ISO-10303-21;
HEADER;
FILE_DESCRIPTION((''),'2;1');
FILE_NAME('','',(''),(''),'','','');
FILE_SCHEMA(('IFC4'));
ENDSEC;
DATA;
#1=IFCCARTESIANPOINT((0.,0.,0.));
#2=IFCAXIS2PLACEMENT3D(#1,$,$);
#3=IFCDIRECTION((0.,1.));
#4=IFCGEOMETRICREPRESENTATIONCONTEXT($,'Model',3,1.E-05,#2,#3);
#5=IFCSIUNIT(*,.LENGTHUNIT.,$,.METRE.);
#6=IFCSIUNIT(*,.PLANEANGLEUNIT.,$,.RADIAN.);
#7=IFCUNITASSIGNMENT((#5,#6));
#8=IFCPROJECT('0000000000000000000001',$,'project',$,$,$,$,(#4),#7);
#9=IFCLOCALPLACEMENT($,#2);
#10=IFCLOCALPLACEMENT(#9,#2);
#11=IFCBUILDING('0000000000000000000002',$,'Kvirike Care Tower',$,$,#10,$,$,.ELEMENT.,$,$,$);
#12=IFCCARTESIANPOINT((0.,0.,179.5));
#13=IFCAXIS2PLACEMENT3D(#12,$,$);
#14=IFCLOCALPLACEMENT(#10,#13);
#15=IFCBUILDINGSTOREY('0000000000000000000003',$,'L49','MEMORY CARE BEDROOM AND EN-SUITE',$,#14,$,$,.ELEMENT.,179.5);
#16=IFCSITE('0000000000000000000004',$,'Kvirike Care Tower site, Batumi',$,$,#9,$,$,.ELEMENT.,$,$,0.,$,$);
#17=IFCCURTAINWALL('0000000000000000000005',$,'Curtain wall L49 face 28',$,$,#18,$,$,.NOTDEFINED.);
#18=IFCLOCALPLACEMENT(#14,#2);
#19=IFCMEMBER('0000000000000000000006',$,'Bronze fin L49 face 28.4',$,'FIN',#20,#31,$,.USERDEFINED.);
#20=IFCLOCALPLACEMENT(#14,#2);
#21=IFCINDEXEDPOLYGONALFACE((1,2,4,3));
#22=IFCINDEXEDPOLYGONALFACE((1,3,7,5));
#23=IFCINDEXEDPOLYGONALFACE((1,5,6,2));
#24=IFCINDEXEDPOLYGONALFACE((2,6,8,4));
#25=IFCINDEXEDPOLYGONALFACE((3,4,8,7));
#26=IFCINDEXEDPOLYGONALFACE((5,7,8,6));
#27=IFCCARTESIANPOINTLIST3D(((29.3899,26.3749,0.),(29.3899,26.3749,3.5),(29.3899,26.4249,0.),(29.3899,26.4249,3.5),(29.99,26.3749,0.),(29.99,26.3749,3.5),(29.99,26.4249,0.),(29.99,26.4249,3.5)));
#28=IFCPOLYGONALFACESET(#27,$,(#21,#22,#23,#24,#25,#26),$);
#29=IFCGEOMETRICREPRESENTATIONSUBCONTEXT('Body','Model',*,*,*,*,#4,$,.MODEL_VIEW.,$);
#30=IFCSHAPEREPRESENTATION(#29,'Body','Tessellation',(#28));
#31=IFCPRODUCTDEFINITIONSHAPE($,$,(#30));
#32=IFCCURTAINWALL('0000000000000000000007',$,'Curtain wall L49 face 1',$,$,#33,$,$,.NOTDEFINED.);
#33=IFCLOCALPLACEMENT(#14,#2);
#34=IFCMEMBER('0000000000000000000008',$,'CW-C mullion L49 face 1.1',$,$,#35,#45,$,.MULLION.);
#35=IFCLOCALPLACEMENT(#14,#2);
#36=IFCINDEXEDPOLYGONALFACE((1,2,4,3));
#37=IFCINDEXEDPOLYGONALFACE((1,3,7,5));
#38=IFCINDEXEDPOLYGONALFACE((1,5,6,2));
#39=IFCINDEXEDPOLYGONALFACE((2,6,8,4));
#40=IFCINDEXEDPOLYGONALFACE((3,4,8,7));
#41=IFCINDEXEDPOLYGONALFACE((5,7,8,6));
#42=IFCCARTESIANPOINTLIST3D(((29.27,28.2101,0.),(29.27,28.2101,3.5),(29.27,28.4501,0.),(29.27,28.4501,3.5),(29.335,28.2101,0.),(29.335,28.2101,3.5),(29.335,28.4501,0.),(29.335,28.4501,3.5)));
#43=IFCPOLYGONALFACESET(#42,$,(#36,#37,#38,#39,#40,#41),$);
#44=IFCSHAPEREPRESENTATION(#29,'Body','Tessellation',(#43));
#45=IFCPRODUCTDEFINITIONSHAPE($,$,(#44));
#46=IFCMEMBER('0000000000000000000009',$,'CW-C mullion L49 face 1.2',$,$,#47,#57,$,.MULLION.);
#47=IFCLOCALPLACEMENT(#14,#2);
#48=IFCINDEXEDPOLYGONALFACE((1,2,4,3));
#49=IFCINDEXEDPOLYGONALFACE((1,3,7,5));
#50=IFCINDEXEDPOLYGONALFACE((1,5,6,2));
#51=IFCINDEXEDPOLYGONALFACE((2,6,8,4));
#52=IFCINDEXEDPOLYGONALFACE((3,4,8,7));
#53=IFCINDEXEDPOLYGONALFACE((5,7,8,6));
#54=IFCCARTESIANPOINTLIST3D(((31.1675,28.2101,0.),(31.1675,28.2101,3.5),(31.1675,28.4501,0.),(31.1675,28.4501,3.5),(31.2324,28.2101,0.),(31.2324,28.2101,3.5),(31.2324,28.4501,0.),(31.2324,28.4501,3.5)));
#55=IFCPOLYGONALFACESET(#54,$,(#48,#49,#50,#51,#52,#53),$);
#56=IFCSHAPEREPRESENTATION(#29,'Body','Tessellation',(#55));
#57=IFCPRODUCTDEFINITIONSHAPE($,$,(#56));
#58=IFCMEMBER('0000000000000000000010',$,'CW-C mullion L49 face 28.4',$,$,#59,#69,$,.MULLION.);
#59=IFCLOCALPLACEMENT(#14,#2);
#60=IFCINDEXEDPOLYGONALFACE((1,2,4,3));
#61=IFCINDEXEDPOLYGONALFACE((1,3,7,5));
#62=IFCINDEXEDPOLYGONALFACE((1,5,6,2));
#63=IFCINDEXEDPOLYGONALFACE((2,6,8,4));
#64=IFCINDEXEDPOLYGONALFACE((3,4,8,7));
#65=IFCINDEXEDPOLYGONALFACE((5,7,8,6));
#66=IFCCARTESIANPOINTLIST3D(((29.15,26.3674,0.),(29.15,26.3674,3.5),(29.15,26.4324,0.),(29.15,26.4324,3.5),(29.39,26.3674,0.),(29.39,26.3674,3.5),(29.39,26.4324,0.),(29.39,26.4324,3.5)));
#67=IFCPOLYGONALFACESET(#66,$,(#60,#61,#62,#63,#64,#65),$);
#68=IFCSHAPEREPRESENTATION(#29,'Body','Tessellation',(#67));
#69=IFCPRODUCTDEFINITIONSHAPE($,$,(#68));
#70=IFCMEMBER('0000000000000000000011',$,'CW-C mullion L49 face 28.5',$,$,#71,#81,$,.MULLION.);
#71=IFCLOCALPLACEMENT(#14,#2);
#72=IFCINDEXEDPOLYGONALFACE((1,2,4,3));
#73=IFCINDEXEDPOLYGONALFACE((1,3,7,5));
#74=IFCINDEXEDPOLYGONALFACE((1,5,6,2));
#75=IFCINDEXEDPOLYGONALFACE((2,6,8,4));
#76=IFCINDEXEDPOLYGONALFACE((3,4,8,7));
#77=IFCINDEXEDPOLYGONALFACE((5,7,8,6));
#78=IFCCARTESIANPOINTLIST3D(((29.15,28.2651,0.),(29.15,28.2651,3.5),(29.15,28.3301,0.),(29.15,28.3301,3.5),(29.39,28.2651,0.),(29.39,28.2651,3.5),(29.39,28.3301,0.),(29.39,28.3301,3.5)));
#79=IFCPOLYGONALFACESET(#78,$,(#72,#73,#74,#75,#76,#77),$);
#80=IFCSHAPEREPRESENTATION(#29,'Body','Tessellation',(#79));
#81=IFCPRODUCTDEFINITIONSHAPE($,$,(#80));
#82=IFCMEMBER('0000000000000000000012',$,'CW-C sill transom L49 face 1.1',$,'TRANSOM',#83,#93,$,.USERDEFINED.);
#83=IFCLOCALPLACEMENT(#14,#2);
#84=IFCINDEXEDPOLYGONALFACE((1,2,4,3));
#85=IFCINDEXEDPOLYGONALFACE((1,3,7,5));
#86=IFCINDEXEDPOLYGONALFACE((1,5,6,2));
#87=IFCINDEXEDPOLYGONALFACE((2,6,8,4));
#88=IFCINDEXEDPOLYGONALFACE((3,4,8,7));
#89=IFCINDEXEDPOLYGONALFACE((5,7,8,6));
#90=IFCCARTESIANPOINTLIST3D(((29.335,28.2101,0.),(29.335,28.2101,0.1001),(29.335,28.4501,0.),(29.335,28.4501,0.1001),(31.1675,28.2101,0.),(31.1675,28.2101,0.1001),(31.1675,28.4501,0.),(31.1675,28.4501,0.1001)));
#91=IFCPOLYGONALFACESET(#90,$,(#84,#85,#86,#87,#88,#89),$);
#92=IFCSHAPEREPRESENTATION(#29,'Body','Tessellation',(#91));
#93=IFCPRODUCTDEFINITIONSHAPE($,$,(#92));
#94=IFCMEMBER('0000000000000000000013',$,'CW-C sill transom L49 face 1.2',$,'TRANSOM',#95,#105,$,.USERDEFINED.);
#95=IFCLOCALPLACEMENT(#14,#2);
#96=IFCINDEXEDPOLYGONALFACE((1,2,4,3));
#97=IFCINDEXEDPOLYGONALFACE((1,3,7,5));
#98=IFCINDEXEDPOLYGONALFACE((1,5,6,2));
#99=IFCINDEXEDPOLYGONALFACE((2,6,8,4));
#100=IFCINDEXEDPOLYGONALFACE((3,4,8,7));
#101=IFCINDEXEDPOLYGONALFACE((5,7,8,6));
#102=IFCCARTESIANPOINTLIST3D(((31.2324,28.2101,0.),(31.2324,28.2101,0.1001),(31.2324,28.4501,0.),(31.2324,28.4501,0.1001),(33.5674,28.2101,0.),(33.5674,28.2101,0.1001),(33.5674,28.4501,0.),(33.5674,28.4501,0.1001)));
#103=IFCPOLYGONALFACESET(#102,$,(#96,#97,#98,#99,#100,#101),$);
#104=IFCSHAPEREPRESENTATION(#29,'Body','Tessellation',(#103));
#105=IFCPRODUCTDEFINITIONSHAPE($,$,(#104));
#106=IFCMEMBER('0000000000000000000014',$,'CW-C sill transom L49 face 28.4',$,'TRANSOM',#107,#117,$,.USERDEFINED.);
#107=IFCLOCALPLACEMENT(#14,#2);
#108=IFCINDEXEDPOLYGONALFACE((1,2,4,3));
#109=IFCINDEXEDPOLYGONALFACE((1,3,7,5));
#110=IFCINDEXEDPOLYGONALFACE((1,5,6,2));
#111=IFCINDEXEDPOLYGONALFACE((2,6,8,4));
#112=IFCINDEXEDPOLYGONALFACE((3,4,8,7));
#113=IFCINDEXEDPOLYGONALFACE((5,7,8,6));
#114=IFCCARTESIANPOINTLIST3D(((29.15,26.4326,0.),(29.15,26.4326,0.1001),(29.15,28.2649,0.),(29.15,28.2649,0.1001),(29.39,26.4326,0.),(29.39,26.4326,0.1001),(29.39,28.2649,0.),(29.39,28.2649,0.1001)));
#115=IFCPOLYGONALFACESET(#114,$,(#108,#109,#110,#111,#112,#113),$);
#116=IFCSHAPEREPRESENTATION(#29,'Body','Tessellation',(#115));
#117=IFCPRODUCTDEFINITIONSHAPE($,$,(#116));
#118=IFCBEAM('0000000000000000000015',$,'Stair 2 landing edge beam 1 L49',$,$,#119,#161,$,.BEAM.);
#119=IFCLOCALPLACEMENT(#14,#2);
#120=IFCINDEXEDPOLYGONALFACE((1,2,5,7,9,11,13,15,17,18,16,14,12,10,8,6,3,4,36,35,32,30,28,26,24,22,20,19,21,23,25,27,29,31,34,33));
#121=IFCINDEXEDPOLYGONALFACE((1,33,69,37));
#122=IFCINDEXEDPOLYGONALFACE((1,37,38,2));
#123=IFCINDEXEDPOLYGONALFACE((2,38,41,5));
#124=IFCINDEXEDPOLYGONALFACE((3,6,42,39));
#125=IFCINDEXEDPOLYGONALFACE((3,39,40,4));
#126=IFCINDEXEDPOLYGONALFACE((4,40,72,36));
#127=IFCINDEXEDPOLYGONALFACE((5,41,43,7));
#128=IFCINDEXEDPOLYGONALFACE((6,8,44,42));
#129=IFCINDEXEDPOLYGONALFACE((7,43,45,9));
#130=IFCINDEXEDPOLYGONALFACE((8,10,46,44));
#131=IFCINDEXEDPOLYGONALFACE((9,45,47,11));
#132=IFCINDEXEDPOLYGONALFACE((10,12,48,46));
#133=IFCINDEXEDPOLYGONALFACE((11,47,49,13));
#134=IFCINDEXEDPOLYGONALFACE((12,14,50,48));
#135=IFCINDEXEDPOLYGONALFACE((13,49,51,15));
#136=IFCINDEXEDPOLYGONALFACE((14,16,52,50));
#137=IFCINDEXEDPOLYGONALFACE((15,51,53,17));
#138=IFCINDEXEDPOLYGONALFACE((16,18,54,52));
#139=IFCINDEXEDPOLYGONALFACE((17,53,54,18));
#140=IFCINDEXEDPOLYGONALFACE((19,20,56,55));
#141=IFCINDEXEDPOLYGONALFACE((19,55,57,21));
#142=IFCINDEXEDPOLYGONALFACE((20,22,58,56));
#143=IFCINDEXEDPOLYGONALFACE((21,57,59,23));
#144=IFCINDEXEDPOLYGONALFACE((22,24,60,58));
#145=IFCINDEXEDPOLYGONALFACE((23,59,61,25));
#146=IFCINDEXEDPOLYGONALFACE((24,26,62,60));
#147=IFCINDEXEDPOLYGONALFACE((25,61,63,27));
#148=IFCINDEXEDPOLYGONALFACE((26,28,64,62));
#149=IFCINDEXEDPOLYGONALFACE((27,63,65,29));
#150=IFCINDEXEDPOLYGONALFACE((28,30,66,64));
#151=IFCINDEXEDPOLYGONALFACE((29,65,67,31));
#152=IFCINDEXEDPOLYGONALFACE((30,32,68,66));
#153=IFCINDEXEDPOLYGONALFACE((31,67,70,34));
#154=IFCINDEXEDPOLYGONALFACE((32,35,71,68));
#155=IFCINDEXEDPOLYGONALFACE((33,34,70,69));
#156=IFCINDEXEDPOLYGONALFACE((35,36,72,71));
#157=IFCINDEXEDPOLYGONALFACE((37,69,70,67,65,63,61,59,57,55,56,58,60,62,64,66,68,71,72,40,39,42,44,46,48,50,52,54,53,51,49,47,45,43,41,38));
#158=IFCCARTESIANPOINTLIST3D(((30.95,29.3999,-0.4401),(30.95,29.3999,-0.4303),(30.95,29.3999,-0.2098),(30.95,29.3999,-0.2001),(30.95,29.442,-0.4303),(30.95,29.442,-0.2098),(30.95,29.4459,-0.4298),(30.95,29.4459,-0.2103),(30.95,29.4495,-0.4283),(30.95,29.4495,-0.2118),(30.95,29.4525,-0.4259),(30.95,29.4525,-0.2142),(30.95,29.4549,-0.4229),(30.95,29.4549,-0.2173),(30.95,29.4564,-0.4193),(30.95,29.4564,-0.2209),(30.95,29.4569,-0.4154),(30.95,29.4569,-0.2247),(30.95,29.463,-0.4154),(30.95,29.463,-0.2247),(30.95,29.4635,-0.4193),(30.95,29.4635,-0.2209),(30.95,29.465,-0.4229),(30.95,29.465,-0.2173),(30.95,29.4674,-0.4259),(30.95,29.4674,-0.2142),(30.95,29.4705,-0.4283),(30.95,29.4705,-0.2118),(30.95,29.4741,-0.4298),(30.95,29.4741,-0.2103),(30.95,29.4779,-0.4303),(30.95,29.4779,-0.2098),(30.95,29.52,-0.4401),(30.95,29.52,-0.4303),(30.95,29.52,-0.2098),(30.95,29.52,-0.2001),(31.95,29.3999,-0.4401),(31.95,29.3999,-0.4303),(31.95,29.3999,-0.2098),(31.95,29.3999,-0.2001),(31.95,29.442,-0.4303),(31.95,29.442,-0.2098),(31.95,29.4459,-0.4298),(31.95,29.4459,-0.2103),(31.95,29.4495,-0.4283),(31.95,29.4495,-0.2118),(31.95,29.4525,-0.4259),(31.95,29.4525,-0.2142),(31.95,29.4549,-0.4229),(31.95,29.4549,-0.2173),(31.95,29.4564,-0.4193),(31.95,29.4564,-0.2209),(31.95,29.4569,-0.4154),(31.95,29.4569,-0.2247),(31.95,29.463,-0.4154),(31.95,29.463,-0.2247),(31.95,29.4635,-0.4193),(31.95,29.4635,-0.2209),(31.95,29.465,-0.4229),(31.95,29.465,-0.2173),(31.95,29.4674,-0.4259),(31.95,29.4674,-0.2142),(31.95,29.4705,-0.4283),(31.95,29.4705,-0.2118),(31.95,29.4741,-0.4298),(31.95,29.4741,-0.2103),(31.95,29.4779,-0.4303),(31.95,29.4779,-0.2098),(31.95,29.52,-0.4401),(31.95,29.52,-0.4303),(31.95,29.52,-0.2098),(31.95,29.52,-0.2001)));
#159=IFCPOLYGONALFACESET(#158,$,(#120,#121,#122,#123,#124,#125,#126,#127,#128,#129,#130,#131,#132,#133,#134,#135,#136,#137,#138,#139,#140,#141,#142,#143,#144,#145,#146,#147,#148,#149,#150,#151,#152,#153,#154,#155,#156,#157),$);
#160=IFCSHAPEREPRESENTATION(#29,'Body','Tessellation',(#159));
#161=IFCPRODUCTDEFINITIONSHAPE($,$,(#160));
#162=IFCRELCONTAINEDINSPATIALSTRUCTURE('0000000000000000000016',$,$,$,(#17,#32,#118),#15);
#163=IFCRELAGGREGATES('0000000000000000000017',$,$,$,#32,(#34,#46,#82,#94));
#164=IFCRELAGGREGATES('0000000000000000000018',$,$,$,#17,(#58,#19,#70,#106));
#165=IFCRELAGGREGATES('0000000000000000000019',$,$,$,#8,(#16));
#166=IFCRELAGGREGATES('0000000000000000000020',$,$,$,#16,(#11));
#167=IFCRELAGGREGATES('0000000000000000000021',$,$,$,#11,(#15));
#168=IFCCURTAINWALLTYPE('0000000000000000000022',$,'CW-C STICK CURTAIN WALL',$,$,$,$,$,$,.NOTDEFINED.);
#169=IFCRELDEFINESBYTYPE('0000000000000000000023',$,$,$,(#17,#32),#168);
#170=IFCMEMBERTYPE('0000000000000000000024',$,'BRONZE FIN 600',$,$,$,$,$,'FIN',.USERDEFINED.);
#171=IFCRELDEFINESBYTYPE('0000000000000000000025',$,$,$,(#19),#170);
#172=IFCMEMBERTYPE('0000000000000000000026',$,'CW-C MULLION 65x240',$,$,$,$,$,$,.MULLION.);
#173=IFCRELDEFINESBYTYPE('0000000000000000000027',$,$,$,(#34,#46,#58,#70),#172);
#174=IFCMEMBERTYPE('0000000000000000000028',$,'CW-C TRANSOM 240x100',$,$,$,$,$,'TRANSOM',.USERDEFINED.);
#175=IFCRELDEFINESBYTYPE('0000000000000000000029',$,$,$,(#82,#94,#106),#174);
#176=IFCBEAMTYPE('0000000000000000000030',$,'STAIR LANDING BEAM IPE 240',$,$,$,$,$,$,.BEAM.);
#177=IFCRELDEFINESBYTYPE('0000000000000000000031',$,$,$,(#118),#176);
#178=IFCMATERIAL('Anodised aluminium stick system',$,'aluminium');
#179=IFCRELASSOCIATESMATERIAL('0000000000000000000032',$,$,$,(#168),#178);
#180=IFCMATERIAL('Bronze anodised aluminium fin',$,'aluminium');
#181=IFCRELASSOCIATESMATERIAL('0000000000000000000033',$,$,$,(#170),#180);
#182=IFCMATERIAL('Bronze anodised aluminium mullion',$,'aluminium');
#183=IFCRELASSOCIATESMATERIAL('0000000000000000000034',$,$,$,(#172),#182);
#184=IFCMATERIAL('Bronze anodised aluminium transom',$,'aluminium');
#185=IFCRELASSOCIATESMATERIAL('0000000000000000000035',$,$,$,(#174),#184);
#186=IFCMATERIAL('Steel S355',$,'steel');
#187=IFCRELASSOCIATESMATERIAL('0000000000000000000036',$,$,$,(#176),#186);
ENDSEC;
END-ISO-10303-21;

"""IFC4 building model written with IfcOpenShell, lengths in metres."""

from ifc_helpers import new_model, si_unit, direction, frame, origin, origin_2d, place, context, subcontext, project, spatial, rectangle, i_section, extrude, material, material_profile, profile_set, type_object, element, aggregate, save


model = new_model("IFC4")

# Units and contexts
model_context = context("Model", 3, precision=1e-05, world=origin(), true_north=direction((0.0, 1.0)))
body_context = subcontext(model_context, "Body", "Model", "MODEL_VIEW")
ifc_project = project(units=[si_unit("LENGTHUNIT", "METRE"), si_unit("PLANEANGLEUNIT", "RADIAN")], contexts=[model_context])

# Site, building, storey
site_placement = place(None, origin())
site = spatial("IfcSite", under=ifc_project, at=site_placement, Name="Kvirike Care Tower site, Batumi", CompositionType="ELEMENT", RefElevation=0.0)
building_placement = place(site_placement, origin())
building = spatial("IfcBuilding", under=site, at=building_placement, Name="Kvirike Care Tower", CompositionType="ELEMENT")
storey_placement = place(building_placement, frame((0.0, 0.0, 179.5)))
storey = spatial("IfcBuildingStorey", under=building, at=storey_placement, Name="L49", Description="MEMORY CARE BEDROOM AND EN-SUITE", CompositionType="ELEMENT", Elevation=179.5)

# Curtain wall, member
ifc_material_1 = material(Name="Anodised aluminium stick system", Category="aluminium")
curtain_wall_type = type_object("IfcCurtainWallType", Name="CW-C STICK CURTAIN WALL", PredefinedType="NOTDEFINED", material=ifc_material_1)
curtain_wall_1_placement = place(storey_placement, origin())
curtain_wall_1 = element("IfcCurtainWall", 1, at=curtain_wall_1_placement, inside=storey, type_object=curtain_wall_type, Name="Curtain wall L49 face 28", PredefinedType="NOTDEFINED")
ifc_material_2 = material(Name="Bronze anodised aluminium fin", Category="aluminium")
ifc_material_profile_1 = material_profile(ifc_material_2, rectangle(XDim=0.05, YDim=0.6001, at=origin_2d()), Name="BRONZE FIN 600")
ifc_profile_set_1 = profile_set([ifc_material_profile_1], Name="Bronze anodised aluminium fin")
member_type_1 = type_object("IfcMemberType", Name="BRONZE FIN 600", ElementType="FIN", PredefinedType="USERDEFINED", material=ifc_profile_set_1)
member_1_placement = place(storey_placement, frame((29.6899, 26.3999, 0.0), z_axis=(0.0, 0.0, 1.0), x_axis=(0.0, 1.0, 0.0)))
member_1 = element("IfcMember", 2, at=member_1_placement, type_object=member_type_1, Name="Bronze fin L49 face 28.4", ObjectType="FIN", PredefinedType="USERDEFINED", context=body_context, shape_type="SweptSolid", body=[
    extrude(rectangle(XDim=0.05, YDim=0.6001, at=origin_2d()), origin(), (0.0, 0.0, 1.0), 3.5),
])

# Curtain wall, members
curtain_wall_2_placement = place(storey_placement, origin())
curtain_wall_2 = element("IfcCurtainWall", 3, at=curtain_wall_2_placement, inside=storey, type_object=curtain_wall_type, Name="Curtain wall L49 face 1", PredefinedType="NOTDEFINED")
ifc_material_3 = material(Name="Bronze anodised aluminium mullion", Category="aluminium")
ifc_material_profile_2 = material_profile(ifc_material_3, rectangle(XDim=0.0649, YDim=0.24, at=origin_2d()), Name="CW-C MULLION 65x240")
ifc_profile_set_2 = profile_set([ifc_material_profile_2], Name="Bronze anodised aluminium mullion")
member_type_2 = type_object("IfcMemberType", Name="CW-C MULLION 65x240", PredefinedType="MULLION", material=ifc_profile_set_2)
member_2_placement = place(storey_placement, frame((29.3025, 28.3301, 0.0), z_axis=(0.0, 0.0, 1.0), x_axis=(1.0, 0.0, 0.0)))
member_2 = element("IfcMember", 4, at=member_2_placement, type_object=member_type_2, Name="CW-C mullion L49 face 1.1", PredefinedType="MULLION", context=body_context, shape_type="SweptSolid", body=[
    extrude(rectangle(XDim=0.0649, YDim=0.24, at=origin_2d()), origin(), (0.0, 0.0, 1.0), 3.5),
])
member_3_placement = place(storey_placement, frame((31.2, 28.3301, 0.0), z_axis=(0.0, 0.0, 1.0), x_axis=(1.0, 0.0, 0.0)))
member_3 = element("IfcMember", 5, at=member_3_placement, type_object=member_type_2, Name="CW-C mullion L49 face 1.2", PredefinedType="MULLION", context=body_context, shape_type="SweptSolid", body=[
    extrude(rectangle(XDim=0.0649, YDim=0.24, at=origin_2d()), origin(), (0.0, 0.0, 1.0), 3.5),
])

# Members
member_4_placement = place(storey_placement, frame((29.27, 26.3999, 0.0), z_axis=(0.0, 0.0, 1.0), x_axis=(0.0, 1.0, 0.0)))
member_4 = element("IfcMember", 6, at=member_4_placement, type_object=member_type_2, Name="CW-C mullion L49 face 28.4", PredefinedType="MULLION", context=body_context, shape_type="SweptSolid", body=[
    extrude(rectangle(XDim=0.0649, YDim=0.24, at=origin_2d()), origin(), (0.0, 0.0, 1.0), 3.5),
])
member_5_placement = place(storey_placement, frame((29.27, 28.2976, 0.0), z_axis=(0.0, 0.0, 1.0), x_axis=(0.0, 1.0, 0.0)))
member_5 = element("IfcMember", 7, at=member_5_placement, type_object=member_type_2, Name="CW-C mullion L49 face 28.5", PredefinedType="MULLION", context=body_context, shape_type="SweptSolid", body=[
    extrude(rectangle(XDim=0.0649, YDim=0.24, at=origin_2d()), origin(), (0.0, 0.0, 1.0), 3.5),
])
ifc_material_4 = material(Name="Bronze anodised aluminium transom", Category="aluminium")
ifc_material_profile_3 = material_profile(ifc_material_4, rectangle(XDim=0.24, YDim=0.1001, at=origin_2d()), Name="CW-C TRANSOM 240x100")
ifc_profile_set_3 = profile_set([ifc_material_profile_3], Name="Bronze anodised aluminium transom")
member_type_3 = type_object("IfcMemberType", Name="CW-C TRANSOM 240x100", ElementType="TRANSOM", PredefinedType="USERDEFINED", material=ifc_profile_set_3)
member_6_placement = place(storey_placement, frame((29.335, 28.3301, 0.05), z_axis=(1.0, 0.0, 0.0), x_axis=(0.0, 1.0, 0.0)))
member_6 = element("IfcMember", 8, at=member_6_placement, type_object=member_type_3, Name="CW-C sill transom L49 face 1.1", ObjectType="TRANSOM", PredefinedType="USERDEFINED", context=body_context, shape_type="SweptSolid", body=[
    extrude(rectangle(XDim=0.24, YDim=0.1001, at=origin_2d()), origin(), (0.0, 0.0, 1.0), 1.8325),
])
member_7_placement = place(storey_placement, frame((31.2324, 28.3301, 0.05), z_axis=(1.0, 0.0, 0.0), x_axis=(0.0, 1.0, 0.0)))
member_7 = element("IfcMember", 9, at=member_7_placement, type_object=member_type_3, Name="CW-C sill transom L49 face 1.2", ObjectType="TRANSOM", PredefinedType="USERDEFINED", context=body_context, shape_type="SweptSolid", body=[
    extrude(rectangle(XDim=0.24, YDim=0.1001, at=origin_2d()), origin(), (0.0, 0.0, 1.0), 2.335),
])
member_8_placement = place(storey_placement, frame((29.27, 26.4326, 0.05), z_axis=(0.0, 1.0, 0.0), x_axis=(-1.0, 0.0, 0.0)))
member_8 = element("IfcMember", 10, at=member_8_placement, type_object=member_type_3, Name="CW-C sill transom L49 face 28.4", ObjectType="TRANSOM", PredefinedType="USERDEFINED", context=body_context, shape_type="SweptSolid", body=[
    extrude(rectangle(XDim=0.24, YDim=0.1001, at=origin_2d()), origin(), (0.0, 0.0, 1.0), 1.8323),
])

# Beam
ifc_material_5 = material(Name="Steel S355", Category="steel")
ifc_material_profile_4 = material_profile(ifc_material_5, i_section(OverallWidth=0.1201, OverallDepth=0.24, WebThickness=0.0061, FlangeThickness=0.0098, FilletRadius=0.0149, at=origin_2d()), Name="IPE 240")
ifc_profile_set_4 = profile_set([ifc_material_profile_4], Name="Steel S355")
beam_type_1 = type_object("IfcBeamType", Name="STAIR LANDING BEAM IPE 240", PredefinedType="BEAM", material=ifc_profile_set_4)
for number, where, z_axis, x_axis, name in (
    (11, (31.95, 29.46, -0.3201), (-1.0, 0.0, 0.0), (0.0, -1.0, 0.0), "Stair 2 landing edge beam 1 L49"),
):
    element("IfcBeam", number, at=place(storey_placement, frame(where, z_axis=z_axis, x_axis=x_axis)), inside=storey, type_object=beam_type_1, Name=name, PredefinedType="BEAM", context=body_context, shape_type="SweptSolid", body=[
        extrude(i_section(OverallWidth=0.1201, OverallDepth=0.24, WebThickness=0.0061, FlangeThickness=0.0098, FilletRadius=0.0149, at=origin_2d()), origin(), (0.0, 0.0, 1.0), 1.0),
    ])

aggregate(curtain_wall_2, [member_2, member_3, member_6, member_7])
aggregate(curtain_wall_1, [member_4, member_1, member_5, member_8])

save(model, "model.ifc")
